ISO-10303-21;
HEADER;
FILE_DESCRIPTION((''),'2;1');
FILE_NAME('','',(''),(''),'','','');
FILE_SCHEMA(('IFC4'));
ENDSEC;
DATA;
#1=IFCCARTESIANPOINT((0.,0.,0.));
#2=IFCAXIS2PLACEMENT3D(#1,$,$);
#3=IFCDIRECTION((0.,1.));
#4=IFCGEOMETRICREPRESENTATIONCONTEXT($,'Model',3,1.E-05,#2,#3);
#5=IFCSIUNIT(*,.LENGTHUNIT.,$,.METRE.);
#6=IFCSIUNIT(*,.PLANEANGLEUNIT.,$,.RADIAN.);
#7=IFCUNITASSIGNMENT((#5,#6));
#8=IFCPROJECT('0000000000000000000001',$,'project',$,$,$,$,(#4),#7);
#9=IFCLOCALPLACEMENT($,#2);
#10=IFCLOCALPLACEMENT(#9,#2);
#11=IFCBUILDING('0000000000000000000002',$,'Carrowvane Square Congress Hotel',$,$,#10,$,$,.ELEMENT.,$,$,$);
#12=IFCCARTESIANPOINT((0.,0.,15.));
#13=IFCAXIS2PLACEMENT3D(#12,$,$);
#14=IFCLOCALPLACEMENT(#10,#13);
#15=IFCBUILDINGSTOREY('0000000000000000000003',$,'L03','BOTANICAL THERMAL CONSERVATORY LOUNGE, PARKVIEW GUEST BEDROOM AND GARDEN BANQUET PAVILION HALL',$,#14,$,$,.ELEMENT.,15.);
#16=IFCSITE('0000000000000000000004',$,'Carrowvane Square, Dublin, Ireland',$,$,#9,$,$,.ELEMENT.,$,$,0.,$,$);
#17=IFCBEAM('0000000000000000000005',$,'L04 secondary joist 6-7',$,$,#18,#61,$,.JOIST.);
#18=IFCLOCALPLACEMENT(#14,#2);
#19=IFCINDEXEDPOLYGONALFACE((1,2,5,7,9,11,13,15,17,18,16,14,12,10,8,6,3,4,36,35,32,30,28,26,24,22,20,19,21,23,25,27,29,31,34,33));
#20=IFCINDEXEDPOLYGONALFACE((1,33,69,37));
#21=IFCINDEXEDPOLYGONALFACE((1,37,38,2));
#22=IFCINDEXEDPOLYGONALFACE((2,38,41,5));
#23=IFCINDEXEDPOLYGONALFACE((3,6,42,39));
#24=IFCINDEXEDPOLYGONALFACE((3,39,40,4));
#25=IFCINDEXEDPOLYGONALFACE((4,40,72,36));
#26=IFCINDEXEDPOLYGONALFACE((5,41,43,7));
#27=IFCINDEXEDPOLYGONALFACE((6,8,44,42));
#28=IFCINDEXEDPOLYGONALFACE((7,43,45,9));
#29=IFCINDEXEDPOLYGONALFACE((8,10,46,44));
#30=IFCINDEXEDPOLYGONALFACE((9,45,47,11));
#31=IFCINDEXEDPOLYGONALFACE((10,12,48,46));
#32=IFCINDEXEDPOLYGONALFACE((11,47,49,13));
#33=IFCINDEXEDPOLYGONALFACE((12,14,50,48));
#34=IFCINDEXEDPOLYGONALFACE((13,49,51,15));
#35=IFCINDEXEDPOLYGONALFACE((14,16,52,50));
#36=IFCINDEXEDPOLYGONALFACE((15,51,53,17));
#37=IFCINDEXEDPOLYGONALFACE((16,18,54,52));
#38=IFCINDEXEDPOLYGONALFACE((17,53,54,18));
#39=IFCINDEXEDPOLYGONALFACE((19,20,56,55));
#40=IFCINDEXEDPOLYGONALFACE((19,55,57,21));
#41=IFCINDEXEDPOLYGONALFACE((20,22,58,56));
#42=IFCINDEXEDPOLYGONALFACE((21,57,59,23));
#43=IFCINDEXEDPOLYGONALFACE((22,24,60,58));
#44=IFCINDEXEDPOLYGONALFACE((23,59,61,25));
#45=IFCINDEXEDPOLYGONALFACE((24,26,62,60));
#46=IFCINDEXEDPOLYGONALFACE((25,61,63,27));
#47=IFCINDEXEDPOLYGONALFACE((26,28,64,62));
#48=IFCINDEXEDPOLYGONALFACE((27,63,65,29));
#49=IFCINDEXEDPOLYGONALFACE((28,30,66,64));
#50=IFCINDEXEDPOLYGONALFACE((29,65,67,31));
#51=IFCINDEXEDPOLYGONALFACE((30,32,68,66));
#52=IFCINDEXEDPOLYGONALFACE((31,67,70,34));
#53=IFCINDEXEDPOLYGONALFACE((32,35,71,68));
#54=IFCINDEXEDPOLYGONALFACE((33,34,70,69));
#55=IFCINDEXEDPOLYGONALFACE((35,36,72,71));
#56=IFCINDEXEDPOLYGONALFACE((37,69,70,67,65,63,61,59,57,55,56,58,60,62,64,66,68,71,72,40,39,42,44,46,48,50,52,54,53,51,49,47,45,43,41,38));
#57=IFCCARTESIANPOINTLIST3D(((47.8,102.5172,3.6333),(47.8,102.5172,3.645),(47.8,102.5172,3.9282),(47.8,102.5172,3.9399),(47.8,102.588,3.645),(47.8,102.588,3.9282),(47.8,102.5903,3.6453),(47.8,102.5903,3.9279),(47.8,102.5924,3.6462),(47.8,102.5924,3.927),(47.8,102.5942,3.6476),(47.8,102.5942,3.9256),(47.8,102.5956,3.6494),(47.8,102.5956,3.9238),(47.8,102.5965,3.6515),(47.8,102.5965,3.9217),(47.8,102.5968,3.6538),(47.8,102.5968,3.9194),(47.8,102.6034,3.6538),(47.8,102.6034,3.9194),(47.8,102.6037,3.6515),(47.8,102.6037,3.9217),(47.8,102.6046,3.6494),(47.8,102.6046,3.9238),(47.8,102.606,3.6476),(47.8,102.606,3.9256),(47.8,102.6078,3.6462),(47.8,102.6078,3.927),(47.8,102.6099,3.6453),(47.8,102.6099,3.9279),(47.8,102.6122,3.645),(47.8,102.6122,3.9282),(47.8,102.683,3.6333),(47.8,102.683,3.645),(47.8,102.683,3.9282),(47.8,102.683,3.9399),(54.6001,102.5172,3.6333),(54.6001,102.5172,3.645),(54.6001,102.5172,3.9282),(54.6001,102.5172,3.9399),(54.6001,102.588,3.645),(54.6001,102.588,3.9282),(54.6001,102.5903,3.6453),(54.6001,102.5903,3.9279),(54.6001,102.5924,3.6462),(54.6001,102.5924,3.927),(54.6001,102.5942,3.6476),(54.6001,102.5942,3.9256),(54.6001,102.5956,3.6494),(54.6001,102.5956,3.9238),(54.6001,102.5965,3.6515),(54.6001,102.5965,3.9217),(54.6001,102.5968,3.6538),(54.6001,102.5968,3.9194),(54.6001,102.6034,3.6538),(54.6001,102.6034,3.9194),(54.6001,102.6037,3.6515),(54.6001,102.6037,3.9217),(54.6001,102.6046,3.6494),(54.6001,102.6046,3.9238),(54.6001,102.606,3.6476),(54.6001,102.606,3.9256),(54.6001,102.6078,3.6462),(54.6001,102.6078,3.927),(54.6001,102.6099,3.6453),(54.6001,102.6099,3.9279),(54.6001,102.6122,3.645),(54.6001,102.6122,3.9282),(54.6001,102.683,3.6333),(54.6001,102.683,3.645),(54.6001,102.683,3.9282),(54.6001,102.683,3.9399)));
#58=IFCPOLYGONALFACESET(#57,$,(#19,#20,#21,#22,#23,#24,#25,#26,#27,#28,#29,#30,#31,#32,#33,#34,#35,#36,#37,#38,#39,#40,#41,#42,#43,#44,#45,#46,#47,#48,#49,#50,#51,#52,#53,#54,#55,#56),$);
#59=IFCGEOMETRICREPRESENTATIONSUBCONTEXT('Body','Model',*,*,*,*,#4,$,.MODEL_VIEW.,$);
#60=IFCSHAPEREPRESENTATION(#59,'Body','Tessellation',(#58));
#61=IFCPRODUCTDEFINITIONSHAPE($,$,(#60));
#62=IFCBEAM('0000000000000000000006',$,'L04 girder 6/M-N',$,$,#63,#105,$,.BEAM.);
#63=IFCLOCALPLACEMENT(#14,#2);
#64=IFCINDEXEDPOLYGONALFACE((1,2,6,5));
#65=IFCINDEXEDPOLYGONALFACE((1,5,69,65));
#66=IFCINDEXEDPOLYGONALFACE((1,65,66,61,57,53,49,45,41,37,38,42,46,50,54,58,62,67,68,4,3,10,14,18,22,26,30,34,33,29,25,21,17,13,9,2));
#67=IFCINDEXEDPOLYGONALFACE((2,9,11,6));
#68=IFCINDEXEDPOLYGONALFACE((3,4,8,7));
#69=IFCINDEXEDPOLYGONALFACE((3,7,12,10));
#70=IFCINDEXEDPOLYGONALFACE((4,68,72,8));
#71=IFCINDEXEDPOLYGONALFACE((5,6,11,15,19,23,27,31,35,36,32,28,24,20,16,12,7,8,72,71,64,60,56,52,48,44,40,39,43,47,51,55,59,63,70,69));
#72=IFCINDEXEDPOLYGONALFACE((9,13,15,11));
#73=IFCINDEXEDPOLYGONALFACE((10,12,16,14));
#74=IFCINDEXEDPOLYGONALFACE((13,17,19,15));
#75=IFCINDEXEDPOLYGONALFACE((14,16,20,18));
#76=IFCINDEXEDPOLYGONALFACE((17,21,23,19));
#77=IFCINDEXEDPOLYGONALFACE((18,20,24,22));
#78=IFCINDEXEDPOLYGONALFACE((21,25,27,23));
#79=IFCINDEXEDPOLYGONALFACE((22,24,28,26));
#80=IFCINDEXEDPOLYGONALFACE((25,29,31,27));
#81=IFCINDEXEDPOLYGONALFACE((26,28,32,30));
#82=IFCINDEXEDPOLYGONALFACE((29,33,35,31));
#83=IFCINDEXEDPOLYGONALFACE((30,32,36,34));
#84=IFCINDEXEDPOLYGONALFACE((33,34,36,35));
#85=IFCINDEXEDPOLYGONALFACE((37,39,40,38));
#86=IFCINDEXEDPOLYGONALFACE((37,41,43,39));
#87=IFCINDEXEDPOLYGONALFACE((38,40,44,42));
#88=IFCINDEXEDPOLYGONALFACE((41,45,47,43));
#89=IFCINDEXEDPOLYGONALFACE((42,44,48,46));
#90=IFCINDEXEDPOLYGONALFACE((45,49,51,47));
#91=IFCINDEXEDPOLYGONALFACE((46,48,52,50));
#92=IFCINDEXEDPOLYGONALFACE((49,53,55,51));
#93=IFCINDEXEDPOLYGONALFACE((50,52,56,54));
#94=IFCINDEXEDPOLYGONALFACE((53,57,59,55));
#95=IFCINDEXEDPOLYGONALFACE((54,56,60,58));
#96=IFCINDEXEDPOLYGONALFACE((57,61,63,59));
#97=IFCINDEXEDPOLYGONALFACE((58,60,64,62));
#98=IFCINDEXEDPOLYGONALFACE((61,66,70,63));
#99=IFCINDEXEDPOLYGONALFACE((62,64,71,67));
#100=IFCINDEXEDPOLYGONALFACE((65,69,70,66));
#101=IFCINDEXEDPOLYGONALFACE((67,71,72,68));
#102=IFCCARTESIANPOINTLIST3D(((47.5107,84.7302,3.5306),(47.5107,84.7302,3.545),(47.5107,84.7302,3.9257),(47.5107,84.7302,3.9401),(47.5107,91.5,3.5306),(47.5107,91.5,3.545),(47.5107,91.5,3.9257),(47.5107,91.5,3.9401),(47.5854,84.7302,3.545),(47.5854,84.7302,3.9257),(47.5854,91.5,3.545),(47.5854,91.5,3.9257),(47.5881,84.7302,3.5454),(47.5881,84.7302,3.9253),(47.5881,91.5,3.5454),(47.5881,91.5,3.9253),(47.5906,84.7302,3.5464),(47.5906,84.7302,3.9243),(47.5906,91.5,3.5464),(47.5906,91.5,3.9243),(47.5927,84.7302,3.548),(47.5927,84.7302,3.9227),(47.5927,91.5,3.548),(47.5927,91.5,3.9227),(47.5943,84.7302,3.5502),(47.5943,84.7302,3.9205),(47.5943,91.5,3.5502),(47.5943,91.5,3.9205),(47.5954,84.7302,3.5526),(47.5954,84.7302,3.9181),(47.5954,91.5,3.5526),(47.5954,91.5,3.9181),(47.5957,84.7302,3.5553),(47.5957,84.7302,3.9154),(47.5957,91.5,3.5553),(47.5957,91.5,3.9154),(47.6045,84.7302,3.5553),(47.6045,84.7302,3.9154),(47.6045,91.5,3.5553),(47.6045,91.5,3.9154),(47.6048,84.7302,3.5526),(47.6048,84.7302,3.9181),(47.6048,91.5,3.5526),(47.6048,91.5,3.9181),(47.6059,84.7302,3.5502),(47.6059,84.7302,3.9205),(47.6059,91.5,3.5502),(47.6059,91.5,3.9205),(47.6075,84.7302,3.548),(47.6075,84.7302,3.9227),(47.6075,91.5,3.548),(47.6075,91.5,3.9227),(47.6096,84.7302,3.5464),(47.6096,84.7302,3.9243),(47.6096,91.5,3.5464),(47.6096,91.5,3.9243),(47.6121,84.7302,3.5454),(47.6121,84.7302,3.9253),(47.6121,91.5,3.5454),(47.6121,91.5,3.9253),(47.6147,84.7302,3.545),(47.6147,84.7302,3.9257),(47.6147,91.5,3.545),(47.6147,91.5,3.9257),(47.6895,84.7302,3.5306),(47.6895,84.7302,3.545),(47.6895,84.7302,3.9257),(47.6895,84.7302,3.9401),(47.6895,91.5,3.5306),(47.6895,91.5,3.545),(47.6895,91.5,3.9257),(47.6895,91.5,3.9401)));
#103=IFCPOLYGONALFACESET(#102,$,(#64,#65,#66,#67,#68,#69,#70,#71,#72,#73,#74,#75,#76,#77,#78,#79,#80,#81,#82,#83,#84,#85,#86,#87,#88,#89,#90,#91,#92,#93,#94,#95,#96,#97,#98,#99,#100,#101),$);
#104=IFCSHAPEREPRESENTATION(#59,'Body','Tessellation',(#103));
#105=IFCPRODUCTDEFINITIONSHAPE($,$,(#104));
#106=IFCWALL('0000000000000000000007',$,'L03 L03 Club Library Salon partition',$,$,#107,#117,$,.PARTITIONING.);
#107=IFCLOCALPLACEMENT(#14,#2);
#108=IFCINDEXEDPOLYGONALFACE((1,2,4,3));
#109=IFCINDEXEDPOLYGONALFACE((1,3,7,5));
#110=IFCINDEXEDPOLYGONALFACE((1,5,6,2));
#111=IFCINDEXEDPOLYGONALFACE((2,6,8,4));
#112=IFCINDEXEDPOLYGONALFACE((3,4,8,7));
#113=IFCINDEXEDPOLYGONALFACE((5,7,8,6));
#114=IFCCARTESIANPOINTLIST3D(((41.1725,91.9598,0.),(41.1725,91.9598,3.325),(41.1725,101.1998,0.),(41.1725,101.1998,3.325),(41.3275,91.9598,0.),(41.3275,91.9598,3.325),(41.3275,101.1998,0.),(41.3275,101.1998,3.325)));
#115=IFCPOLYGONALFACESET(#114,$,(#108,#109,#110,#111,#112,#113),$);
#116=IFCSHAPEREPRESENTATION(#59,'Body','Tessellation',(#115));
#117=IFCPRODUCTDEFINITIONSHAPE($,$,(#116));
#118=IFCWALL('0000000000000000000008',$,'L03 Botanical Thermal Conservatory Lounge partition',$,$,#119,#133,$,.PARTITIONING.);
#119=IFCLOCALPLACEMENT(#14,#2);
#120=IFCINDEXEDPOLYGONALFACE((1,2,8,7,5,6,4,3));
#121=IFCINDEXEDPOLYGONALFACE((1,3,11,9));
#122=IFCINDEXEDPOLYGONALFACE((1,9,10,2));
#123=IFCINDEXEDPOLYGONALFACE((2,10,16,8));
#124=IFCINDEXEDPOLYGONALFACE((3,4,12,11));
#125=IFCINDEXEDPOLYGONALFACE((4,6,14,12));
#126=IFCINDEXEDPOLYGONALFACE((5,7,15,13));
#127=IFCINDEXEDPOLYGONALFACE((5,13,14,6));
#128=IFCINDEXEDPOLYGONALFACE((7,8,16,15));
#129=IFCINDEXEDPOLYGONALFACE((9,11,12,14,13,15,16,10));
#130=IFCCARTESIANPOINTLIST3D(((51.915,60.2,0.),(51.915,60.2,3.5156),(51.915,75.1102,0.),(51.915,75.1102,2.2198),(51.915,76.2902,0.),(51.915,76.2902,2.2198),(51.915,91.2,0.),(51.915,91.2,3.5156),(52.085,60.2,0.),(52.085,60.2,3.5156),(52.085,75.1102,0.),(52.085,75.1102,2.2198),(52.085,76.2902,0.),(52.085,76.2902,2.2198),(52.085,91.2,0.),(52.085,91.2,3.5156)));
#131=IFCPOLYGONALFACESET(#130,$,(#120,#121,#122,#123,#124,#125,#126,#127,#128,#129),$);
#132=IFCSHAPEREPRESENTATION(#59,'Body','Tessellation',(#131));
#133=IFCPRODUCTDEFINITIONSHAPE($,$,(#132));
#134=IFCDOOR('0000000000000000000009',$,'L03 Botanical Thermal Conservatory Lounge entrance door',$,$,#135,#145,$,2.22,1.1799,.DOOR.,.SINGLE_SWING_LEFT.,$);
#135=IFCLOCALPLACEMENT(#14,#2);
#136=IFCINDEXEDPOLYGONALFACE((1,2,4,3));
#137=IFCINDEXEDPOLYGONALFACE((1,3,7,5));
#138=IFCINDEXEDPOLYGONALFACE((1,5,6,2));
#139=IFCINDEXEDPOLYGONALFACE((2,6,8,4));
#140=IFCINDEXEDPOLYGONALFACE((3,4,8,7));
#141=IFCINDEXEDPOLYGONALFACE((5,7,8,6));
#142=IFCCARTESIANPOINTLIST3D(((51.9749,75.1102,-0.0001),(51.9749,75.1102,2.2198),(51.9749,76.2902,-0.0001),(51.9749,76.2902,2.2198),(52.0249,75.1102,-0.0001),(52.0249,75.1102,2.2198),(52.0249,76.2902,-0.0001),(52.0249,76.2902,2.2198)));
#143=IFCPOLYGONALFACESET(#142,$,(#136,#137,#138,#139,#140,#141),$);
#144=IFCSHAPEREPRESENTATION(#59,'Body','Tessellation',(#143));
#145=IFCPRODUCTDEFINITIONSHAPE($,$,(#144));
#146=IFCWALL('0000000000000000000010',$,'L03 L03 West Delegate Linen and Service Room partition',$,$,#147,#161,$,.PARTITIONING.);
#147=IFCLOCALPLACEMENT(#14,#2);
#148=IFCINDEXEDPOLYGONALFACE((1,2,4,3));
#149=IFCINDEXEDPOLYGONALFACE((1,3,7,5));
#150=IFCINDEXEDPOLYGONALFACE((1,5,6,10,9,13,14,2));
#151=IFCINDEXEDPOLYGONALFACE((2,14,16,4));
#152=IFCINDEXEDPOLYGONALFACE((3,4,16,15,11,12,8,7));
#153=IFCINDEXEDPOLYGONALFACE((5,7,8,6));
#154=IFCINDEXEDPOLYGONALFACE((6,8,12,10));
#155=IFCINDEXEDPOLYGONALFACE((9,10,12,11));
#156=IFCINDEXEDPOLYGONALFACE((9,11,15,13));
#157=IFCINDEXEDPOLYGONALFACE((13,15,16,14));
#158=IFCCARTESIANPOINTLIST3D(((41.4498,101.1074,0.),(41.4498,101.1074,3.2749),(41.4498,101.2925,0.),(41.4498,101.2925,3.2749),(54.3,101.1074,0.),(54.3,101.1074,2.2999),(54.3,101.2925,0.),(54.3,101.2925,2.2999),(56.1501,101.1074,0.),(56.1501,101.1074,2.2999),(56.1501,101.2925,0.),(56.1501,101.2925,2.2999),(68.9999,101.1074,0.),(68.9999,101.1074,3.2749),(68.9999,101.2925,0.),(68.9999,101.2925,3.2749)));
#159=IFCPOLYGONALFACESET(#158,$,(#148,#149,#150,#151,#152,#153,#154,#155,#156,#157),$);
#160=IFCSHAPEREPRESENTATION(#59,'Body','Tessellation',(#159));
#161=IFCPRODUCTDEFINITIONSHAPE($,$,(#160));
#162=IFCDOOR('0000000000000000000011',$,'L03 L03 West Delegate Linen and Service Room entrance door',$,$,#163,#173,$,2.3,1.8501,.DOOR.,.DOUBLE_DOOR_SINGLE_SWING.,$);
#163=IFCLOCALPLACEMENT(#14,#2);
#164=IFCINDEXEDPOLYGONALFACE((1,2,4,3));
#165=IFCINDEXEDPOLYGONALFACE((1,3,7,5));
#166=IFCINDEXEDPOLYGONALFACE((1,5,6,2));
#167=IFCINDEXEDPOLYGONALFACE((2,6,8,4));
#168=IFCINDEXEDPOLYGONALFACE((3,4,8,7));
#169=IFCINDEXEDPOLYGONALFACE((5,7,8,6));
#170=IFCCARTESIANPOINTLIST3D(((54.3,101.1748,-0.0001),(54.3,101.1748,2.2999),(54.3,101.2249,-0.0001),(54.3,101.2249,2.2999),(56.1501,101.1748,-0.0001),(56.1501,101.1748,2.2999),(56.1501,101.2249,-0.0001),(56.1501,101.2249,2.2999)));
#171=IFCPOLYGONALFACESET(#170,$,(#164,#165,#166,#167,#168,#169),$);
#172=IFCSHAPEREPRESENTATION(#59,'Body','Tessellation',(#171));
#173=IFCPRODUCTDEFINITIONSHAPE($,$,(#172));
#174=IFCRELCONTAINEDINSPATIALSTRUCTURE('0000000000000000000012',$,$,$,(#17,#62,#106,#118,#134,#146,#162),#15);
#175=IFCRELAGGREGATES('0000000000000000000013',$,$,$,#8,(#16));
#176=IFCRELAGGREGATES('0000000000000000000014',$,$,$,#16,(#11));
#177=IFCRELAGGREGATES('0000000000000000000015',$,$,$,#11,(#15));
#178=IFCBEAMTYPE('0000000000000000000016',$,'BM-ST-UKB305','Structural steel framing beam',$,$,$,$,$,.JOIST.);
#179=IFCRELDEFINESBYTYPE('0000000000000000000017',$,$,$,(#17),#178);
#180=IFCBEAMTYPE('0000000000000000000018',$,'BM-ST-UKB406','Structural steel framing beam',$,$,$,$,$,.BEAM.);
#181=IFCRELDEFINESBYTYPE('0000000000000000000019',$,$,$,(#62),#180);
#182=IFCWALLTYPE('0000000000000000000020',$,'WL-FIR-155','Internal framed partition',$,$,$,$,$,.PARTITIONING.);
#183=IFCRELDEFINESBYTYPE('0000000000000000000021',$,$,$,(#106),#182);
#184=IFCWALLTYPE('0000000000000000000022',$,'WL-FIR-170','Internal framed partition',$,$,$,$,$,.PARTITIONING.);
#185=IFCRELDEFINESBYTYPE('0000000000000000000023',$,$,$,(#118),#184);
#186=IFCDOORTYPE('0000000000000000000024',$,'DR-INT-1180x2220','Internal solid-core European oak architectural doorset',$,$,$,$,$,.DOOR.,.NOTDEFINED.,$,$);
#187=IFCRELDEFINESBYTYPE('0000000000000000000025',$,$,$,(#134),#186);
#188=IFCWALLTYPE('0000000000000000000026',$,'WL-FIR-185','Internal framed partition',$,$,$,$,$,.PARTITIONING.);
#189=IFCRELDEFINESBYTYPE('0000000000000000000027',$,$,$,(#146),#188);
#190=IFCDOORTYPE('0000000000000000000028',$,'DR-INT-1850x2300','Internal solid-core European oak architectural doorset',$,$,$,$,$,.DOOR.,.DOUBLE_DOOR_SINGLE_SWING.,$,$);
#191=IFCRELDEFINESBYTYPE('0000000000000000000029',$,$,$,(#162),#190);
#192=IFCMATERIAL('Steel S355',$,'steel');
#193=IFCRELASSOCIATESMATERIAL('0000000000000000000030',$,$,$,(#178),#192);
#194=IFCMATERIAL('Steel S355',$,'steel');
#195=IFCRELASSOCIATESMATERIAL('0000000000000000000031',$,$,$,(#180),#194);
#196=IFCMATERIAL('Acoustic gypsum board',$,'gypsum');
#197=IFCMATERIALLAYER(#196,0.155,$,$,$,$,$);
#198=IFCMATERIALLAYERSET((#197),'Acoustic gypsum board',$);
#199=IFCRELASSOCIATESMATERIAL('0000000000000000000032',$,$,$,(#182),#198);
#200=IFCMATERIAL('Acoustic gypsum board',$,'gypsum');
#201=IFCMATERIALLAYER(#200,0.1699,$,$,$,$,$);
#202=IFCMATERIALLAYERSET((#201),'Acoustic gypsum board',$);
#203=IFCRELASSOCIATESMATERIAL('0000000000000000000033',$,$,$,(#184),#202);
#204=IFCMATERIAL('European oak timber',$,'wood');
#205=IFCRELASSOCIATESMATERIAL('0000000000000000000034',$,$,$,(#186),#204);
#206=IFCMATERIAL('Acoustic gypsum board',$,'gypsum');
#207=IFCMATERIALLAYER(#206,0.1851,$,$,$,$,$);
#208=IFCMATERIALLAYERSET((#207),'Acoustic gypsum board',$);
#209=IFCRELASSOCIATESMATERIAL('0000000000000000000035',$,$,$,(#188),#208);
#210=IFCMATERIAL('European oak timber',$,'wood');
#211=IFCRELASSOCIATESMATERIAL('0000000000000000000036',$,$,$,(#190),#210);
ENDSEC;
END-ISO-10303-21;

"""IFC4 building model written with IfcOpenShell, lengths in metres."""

from ifc_helpers import new_model, si_unit, direction, frame, frame_2d, origin, origin_2d, place, context, subcontext, project, spatial, rectangle, i_section, extrude, material, layer, layer_set, material_profile, profile_set, type_object, element, fill, save


model = new_model("IFC4")

# Units and contexts
model_context = context("Model", 3, precision=1e-05, world=origin(), true_north=direction((0.0, 1.0)))
body_context = subcontext(model_context, "Body", "Model", "MODEL_VIEW")
ifc_project = project(units=[si_unit("LENGTHUNIT", "METRE"), si_unit("PLANEANGLEUNIT", "RADIAN")], contexts=[model_context])

# Site, building, storey
site_placement = place(None, origin())
site = spatial("IfcSite", under=ifc_project, at=site_placement, Name="Carrowvane Square, Dublin, Ireland", CompositionType="ELEMENT", RefElevation=0.0)
building_placement = place(site_placement, origin())
building = spatial("IfcBuilding", under=site, at=building_placement, Name="Carrowvane Square Congress Hotel", CompositionType="ELEMENT")
storey_placement = place(building_placement, frame((0.0, 0.0, 15.0)))
storey = spatial("IfcBuildingStorey", under=building, at=storey_placement, Name="L03", Description="BOTANICAL THERMAL CONSERVATORY LOUNGE, PARKVIEW GUEST BEDROOM AND GARDEN BANQUET PAVILION HALL", CompositionType="ELEMENT", Elevation=15.0)

# Beams
ifc_material_1 = material(Name="Steel S355", Category="steel")
ifc_material_profile_1 = material_profile(ifc_material_1, i_section(OverallWidth=0.1658, OverallDepth=0.3066, WebThickness=0.0066, FlangeThickness=0.0117, FilletRadius=0.0088, at=origin_2d()), Name="UKB 305x165x46")
ifc_profile_set_1 = profile_set([ifc_material_profile_1], Name="Steel S355")
beam_type_1 = type_object("IfcBeamType", Name="BM-ST-UKB305", Description="Structural steel framing beam", PredefinedType="JOIST", material=ifc_profile_set_1)
for number, where, z_axis, x_axis, name in (
    (1, (47.8, 102.6001, 3.7866), (1.0, 0.0, 0.0), (0.0, 1.0, 0.0), "L04 secondary joist 6-7"),
):
    element("IfcBeam", number, at=place(storey_placement, frame(where, z_axis=z_axis, x_axis=x_axis)), inside=storey, type_object=beam_type_1, Name=name, PredefinedType="JOIST", context=body_context, shape_type="SweptSolid", body=[
        extrude(i_section(OverallWidth=0.1658, OverallDepth=0.3066, WebThickness=0.0066, FlangeThickness=0.0117, FilletRadius=0.0088, at=origin_2d()), origin(), (0.0, 0.0, 1.0), 6.8),
    ])
ifc_material_2 = material(Name="Steel S355", Category="steel")
ifc_material_profile_2 = material_profile(ifc_material_2, i_section(OverallWidth=0.1787, OverallDepth=0.4094, WebThickness=0.0088, FlangeThickness=0.0144, FilletRadius=0.0103, at=origin_2d()), Name="UKB 406x178x67")
ifc_profile_set_2 = profile_set([ifc_material_profile_2], Name="Steel S355")
beam_type_2 = type_object("IfcBeamType", Name="BM-ST-UKB406", Description="Structural steel framing beam", PredefinedType="BEAM", material=ifc_profile_set_2)
beam_1_placement = place(storey_placement, frame((47.6001, 84.7302, 3.7354), z_axis=(0.0, 1.0, 0.0), x_axis=(-1.0, 0.0, 0.0)))
element("IfcBeam", 2, at=beam_1_placement, inside=storey, type_object=beam_type_2, Name="L04 girder 6/M-N", PredefinedType="BEAM", context=body_context, shape_type="SweptSolid", body=[
    extrude(i_section(OverallWidth=0.1787, OverallDepth=0.4094, WebThickness=0.0088, FlangeThickness=0.0144, FilletRadius=0.0103, at=origin_2d()), origin(), (0.0, 0.0, 1.0), 6.7698),
])

# Wall
ifc_material_3 = material(Name="Acoustic gypsum board", Category="gypsum")
ifc_layer_1 = layer(ifc_material_3, 0.155)
ifc_layer_set_1 = layer_set([ifc_layer_1], Name="Acoustic gypsum board")
wall_type_1 = type_object("IfcWallType", Name="WL-FIR-155", Description="Internal framed partition", PredefinedType="PARTITIONING", material=ifc_layer_set_1)
wall_1_placement = place(storey_placement, frame((41.25, 101.2, 0.0), z_axis=(0.0, 0.0, 1.0), x_axis=(0.0, -1.0, 0.0)))
element("IfcWall", 3, at=wall_1_placement, inside=storey, type_object=wall_type_1, Name="L03 L03 Club Library Salon partition", PredefinedType="PARTITIONING", context=body_context, shape_type="SweptSolid", body=[
    extrude(rectangle(XDim=9.24, YDim=0.155, at=frame_2d((4.6201, 0.0))), origin(), (0.0, 0.0, 1.0), 3.325),
])

# Walls, openings, doors
ifc_material_4 = material(Name="Acoustic gypsum board", Category="gypsum")
ifc_layer_2 = layer(ifc_material_4, 0.1699)
ifc_layer_set_2 = layer_set([ifc_layer_2], Name="Acoustic gypsum board")
wall_type_2 = type_object("IfcWallType", Name="WL-FIR-170", Description="Internal framed partition", PredefinedType="PARTITIONING", material=ifc_layer_set_2)
wall_2_placement = place(storey_placement, frame((52.0, 91.2, 0.0), z_axis=(0.0, 0.0, 1.0), x_axis=(0.0, -1.0, 0.0)))
wall_2 = element("IfcWall", 4, at=wall_2_placement, inside=storey, type_object=wall_type_2, Name="L03 Botanical Thermal Conservatory Lounge partition", PredefinedType="PARTITIONING", context=body_context, shape_type="SweptSolid", body=[
    extrude(rectangle(XDim=31.0, YDim=0.1699, at=frame_2d((15.5, 0.0))), origin(), (0.0, 0.0, 1.0), 3.5156),
])
opening_1_placement = place(wall_2_placement, frame((14.9099, 0.0, 0.0)))
opening_1 = element("IfcOpeningElement", 5, at=opening_1_placement, cuts=wall_2, PredefinedType="OPENING", context=body_context, shape_type="SweptSolid", body=[
    extrude(rectangle(XDim=1.1799, YDim=2.22, at=frame_2d((0.5898, 1.1099))), frame((0.0, 0.095, 0.0), z_axis=(0.0, -1.0, 0.0), x_axis=(1.0, 0.0, 0.0)), (0.0, 0.0, 1.0), 0.1899),
])
ifc_material_5 = material(Name="European oak timber", Category="wood")
door_type_1 = type_object("IfcDoorType", Name="DR-INT-1180x2220", Description="Internal solid-core European oak architectural doorset", OperationType="NOTDEFINED", PredefinedType="DOOR", material=ifc_material_5)
door_1_placement = place(opening_1_placement, origin())
door_1 = element("IfcDoor", 6, at=door_1_placement, inside=storey, type_object=door_type_1, Name="L03 Botanical Thermal Conservatory Lounge entrance door", OperationType="SINGLE_SWING_LEFT", OverallHeight=2.22, OverallWidth=1.1799, PredefinedType="DOOR", context=body_context, shape_type="SweptSolid", body=[
    extrude(rectangle(XDim=1.1799, YDim=2.22, at=frame_2d((0.5898, 1.1099))), frame((0.0, 0.0249, 0.0), z_axis=(0.0, -1.0, 0.0), x_axis=(1.0, 0.0, 0.0)), (0.0, 0.0, 1.0), 0.05),
])
fill(opening_1, door_1)
ifc_material_6 = material(Name="Acoustic gypsum board", Category="gypsum")
ifc_layer_3 = layer(ifc_material_6, 0.1851)
ifc_layer_set_3 = layer_set([ifc_layer_3], Name="Acoustic gypsum board")
wall_type_3 = type_object("IfcWallType", Name="WL-FIR-185", Description="Internal framed partition", PredefinedType="PARTITIONING", material=ifc_layer_set_3)
wall_3_placement = place(storey_placement, frame((41.45, 101.2, 0.0), z_axis=(0.0, 0.0, 1.0), x_axis=(1.0, 0.0, 0.0)))
wall_3 = element("IfcWall", 7, at=wall_3_placement, inside=storey, type_object=wall_type_3, Name="L03 L03 West Delegate Linen and Service Room partition", PredefinedType="PARTITIONING", context=body_context, shape_type="SweptSolid", body=[
    extrude(rectangle(XDim=27.55, YDim=0.1851, at=frame_2d((13.7749, 0.0))), origin(), (0.0, 0.0, 1.0), 3.2749),
])
opening_2_placement = place(wall_3_placement, frame((12.8501, 0.0, 0.0)))
opening_2 = element("IfcOpeningElement", 8, at=opening_2_placement, cuts=wall_3, PredefinedType="OPENING", context=body_context, shape_type="SweptSolid", body=[
    extrude(rectangle(XDim=1.8501, YDim=2.3, at=frame_2d((0.925, 1.1499))), frame((0.0, 0.1025, 0.0), z_axis=(0.0, -1.0, 0.0), x_axis=(1.0, 0.0, 0.0)), (0.0, 0.0, 1.0), 0.2051),
])
ifc_material_7 = material(Name="European oak timber", Category="wood")
door_type_2 = type_object("IfcDoorType", Name="DR-INT-1850x2300", Description="Internal solid-core European oak architectural doorset", OperationType="DOUBLE_DOOR_SINGLE_SWING", PredefinedType="DOOR", material=ifc_material_7)
door_2_placement = place(opening_2_placement, origin())
door_2 = element("IfcDoor", 9, at=door_2_placement, inside=storey, type_object=door_type_2, Name="L03 L03 West Delegate Linen and Service Room entrance door", OperationType="DOUBLE_DOOR_SINGLE_SWING", OverallHeight=2.3, OverallWidth=1.8501, PredefinedType="DOOR", context=body_context, shape_type="SweptSolid", body=[
    extrude(rectangle(XDim=1.8501, YDim=2.3, at=frame_2d((0.925, 1.1499))), frame((0.0, 0.0249, 0.0), z_axis=(0.0, -1.0, 0.0), x_axis=(1.0, 0.0, 0.0)), (0.0, 0.0, 1.0), 0.05),
])
fill(opening_2, door_2)

save(model, "model.ifc")
